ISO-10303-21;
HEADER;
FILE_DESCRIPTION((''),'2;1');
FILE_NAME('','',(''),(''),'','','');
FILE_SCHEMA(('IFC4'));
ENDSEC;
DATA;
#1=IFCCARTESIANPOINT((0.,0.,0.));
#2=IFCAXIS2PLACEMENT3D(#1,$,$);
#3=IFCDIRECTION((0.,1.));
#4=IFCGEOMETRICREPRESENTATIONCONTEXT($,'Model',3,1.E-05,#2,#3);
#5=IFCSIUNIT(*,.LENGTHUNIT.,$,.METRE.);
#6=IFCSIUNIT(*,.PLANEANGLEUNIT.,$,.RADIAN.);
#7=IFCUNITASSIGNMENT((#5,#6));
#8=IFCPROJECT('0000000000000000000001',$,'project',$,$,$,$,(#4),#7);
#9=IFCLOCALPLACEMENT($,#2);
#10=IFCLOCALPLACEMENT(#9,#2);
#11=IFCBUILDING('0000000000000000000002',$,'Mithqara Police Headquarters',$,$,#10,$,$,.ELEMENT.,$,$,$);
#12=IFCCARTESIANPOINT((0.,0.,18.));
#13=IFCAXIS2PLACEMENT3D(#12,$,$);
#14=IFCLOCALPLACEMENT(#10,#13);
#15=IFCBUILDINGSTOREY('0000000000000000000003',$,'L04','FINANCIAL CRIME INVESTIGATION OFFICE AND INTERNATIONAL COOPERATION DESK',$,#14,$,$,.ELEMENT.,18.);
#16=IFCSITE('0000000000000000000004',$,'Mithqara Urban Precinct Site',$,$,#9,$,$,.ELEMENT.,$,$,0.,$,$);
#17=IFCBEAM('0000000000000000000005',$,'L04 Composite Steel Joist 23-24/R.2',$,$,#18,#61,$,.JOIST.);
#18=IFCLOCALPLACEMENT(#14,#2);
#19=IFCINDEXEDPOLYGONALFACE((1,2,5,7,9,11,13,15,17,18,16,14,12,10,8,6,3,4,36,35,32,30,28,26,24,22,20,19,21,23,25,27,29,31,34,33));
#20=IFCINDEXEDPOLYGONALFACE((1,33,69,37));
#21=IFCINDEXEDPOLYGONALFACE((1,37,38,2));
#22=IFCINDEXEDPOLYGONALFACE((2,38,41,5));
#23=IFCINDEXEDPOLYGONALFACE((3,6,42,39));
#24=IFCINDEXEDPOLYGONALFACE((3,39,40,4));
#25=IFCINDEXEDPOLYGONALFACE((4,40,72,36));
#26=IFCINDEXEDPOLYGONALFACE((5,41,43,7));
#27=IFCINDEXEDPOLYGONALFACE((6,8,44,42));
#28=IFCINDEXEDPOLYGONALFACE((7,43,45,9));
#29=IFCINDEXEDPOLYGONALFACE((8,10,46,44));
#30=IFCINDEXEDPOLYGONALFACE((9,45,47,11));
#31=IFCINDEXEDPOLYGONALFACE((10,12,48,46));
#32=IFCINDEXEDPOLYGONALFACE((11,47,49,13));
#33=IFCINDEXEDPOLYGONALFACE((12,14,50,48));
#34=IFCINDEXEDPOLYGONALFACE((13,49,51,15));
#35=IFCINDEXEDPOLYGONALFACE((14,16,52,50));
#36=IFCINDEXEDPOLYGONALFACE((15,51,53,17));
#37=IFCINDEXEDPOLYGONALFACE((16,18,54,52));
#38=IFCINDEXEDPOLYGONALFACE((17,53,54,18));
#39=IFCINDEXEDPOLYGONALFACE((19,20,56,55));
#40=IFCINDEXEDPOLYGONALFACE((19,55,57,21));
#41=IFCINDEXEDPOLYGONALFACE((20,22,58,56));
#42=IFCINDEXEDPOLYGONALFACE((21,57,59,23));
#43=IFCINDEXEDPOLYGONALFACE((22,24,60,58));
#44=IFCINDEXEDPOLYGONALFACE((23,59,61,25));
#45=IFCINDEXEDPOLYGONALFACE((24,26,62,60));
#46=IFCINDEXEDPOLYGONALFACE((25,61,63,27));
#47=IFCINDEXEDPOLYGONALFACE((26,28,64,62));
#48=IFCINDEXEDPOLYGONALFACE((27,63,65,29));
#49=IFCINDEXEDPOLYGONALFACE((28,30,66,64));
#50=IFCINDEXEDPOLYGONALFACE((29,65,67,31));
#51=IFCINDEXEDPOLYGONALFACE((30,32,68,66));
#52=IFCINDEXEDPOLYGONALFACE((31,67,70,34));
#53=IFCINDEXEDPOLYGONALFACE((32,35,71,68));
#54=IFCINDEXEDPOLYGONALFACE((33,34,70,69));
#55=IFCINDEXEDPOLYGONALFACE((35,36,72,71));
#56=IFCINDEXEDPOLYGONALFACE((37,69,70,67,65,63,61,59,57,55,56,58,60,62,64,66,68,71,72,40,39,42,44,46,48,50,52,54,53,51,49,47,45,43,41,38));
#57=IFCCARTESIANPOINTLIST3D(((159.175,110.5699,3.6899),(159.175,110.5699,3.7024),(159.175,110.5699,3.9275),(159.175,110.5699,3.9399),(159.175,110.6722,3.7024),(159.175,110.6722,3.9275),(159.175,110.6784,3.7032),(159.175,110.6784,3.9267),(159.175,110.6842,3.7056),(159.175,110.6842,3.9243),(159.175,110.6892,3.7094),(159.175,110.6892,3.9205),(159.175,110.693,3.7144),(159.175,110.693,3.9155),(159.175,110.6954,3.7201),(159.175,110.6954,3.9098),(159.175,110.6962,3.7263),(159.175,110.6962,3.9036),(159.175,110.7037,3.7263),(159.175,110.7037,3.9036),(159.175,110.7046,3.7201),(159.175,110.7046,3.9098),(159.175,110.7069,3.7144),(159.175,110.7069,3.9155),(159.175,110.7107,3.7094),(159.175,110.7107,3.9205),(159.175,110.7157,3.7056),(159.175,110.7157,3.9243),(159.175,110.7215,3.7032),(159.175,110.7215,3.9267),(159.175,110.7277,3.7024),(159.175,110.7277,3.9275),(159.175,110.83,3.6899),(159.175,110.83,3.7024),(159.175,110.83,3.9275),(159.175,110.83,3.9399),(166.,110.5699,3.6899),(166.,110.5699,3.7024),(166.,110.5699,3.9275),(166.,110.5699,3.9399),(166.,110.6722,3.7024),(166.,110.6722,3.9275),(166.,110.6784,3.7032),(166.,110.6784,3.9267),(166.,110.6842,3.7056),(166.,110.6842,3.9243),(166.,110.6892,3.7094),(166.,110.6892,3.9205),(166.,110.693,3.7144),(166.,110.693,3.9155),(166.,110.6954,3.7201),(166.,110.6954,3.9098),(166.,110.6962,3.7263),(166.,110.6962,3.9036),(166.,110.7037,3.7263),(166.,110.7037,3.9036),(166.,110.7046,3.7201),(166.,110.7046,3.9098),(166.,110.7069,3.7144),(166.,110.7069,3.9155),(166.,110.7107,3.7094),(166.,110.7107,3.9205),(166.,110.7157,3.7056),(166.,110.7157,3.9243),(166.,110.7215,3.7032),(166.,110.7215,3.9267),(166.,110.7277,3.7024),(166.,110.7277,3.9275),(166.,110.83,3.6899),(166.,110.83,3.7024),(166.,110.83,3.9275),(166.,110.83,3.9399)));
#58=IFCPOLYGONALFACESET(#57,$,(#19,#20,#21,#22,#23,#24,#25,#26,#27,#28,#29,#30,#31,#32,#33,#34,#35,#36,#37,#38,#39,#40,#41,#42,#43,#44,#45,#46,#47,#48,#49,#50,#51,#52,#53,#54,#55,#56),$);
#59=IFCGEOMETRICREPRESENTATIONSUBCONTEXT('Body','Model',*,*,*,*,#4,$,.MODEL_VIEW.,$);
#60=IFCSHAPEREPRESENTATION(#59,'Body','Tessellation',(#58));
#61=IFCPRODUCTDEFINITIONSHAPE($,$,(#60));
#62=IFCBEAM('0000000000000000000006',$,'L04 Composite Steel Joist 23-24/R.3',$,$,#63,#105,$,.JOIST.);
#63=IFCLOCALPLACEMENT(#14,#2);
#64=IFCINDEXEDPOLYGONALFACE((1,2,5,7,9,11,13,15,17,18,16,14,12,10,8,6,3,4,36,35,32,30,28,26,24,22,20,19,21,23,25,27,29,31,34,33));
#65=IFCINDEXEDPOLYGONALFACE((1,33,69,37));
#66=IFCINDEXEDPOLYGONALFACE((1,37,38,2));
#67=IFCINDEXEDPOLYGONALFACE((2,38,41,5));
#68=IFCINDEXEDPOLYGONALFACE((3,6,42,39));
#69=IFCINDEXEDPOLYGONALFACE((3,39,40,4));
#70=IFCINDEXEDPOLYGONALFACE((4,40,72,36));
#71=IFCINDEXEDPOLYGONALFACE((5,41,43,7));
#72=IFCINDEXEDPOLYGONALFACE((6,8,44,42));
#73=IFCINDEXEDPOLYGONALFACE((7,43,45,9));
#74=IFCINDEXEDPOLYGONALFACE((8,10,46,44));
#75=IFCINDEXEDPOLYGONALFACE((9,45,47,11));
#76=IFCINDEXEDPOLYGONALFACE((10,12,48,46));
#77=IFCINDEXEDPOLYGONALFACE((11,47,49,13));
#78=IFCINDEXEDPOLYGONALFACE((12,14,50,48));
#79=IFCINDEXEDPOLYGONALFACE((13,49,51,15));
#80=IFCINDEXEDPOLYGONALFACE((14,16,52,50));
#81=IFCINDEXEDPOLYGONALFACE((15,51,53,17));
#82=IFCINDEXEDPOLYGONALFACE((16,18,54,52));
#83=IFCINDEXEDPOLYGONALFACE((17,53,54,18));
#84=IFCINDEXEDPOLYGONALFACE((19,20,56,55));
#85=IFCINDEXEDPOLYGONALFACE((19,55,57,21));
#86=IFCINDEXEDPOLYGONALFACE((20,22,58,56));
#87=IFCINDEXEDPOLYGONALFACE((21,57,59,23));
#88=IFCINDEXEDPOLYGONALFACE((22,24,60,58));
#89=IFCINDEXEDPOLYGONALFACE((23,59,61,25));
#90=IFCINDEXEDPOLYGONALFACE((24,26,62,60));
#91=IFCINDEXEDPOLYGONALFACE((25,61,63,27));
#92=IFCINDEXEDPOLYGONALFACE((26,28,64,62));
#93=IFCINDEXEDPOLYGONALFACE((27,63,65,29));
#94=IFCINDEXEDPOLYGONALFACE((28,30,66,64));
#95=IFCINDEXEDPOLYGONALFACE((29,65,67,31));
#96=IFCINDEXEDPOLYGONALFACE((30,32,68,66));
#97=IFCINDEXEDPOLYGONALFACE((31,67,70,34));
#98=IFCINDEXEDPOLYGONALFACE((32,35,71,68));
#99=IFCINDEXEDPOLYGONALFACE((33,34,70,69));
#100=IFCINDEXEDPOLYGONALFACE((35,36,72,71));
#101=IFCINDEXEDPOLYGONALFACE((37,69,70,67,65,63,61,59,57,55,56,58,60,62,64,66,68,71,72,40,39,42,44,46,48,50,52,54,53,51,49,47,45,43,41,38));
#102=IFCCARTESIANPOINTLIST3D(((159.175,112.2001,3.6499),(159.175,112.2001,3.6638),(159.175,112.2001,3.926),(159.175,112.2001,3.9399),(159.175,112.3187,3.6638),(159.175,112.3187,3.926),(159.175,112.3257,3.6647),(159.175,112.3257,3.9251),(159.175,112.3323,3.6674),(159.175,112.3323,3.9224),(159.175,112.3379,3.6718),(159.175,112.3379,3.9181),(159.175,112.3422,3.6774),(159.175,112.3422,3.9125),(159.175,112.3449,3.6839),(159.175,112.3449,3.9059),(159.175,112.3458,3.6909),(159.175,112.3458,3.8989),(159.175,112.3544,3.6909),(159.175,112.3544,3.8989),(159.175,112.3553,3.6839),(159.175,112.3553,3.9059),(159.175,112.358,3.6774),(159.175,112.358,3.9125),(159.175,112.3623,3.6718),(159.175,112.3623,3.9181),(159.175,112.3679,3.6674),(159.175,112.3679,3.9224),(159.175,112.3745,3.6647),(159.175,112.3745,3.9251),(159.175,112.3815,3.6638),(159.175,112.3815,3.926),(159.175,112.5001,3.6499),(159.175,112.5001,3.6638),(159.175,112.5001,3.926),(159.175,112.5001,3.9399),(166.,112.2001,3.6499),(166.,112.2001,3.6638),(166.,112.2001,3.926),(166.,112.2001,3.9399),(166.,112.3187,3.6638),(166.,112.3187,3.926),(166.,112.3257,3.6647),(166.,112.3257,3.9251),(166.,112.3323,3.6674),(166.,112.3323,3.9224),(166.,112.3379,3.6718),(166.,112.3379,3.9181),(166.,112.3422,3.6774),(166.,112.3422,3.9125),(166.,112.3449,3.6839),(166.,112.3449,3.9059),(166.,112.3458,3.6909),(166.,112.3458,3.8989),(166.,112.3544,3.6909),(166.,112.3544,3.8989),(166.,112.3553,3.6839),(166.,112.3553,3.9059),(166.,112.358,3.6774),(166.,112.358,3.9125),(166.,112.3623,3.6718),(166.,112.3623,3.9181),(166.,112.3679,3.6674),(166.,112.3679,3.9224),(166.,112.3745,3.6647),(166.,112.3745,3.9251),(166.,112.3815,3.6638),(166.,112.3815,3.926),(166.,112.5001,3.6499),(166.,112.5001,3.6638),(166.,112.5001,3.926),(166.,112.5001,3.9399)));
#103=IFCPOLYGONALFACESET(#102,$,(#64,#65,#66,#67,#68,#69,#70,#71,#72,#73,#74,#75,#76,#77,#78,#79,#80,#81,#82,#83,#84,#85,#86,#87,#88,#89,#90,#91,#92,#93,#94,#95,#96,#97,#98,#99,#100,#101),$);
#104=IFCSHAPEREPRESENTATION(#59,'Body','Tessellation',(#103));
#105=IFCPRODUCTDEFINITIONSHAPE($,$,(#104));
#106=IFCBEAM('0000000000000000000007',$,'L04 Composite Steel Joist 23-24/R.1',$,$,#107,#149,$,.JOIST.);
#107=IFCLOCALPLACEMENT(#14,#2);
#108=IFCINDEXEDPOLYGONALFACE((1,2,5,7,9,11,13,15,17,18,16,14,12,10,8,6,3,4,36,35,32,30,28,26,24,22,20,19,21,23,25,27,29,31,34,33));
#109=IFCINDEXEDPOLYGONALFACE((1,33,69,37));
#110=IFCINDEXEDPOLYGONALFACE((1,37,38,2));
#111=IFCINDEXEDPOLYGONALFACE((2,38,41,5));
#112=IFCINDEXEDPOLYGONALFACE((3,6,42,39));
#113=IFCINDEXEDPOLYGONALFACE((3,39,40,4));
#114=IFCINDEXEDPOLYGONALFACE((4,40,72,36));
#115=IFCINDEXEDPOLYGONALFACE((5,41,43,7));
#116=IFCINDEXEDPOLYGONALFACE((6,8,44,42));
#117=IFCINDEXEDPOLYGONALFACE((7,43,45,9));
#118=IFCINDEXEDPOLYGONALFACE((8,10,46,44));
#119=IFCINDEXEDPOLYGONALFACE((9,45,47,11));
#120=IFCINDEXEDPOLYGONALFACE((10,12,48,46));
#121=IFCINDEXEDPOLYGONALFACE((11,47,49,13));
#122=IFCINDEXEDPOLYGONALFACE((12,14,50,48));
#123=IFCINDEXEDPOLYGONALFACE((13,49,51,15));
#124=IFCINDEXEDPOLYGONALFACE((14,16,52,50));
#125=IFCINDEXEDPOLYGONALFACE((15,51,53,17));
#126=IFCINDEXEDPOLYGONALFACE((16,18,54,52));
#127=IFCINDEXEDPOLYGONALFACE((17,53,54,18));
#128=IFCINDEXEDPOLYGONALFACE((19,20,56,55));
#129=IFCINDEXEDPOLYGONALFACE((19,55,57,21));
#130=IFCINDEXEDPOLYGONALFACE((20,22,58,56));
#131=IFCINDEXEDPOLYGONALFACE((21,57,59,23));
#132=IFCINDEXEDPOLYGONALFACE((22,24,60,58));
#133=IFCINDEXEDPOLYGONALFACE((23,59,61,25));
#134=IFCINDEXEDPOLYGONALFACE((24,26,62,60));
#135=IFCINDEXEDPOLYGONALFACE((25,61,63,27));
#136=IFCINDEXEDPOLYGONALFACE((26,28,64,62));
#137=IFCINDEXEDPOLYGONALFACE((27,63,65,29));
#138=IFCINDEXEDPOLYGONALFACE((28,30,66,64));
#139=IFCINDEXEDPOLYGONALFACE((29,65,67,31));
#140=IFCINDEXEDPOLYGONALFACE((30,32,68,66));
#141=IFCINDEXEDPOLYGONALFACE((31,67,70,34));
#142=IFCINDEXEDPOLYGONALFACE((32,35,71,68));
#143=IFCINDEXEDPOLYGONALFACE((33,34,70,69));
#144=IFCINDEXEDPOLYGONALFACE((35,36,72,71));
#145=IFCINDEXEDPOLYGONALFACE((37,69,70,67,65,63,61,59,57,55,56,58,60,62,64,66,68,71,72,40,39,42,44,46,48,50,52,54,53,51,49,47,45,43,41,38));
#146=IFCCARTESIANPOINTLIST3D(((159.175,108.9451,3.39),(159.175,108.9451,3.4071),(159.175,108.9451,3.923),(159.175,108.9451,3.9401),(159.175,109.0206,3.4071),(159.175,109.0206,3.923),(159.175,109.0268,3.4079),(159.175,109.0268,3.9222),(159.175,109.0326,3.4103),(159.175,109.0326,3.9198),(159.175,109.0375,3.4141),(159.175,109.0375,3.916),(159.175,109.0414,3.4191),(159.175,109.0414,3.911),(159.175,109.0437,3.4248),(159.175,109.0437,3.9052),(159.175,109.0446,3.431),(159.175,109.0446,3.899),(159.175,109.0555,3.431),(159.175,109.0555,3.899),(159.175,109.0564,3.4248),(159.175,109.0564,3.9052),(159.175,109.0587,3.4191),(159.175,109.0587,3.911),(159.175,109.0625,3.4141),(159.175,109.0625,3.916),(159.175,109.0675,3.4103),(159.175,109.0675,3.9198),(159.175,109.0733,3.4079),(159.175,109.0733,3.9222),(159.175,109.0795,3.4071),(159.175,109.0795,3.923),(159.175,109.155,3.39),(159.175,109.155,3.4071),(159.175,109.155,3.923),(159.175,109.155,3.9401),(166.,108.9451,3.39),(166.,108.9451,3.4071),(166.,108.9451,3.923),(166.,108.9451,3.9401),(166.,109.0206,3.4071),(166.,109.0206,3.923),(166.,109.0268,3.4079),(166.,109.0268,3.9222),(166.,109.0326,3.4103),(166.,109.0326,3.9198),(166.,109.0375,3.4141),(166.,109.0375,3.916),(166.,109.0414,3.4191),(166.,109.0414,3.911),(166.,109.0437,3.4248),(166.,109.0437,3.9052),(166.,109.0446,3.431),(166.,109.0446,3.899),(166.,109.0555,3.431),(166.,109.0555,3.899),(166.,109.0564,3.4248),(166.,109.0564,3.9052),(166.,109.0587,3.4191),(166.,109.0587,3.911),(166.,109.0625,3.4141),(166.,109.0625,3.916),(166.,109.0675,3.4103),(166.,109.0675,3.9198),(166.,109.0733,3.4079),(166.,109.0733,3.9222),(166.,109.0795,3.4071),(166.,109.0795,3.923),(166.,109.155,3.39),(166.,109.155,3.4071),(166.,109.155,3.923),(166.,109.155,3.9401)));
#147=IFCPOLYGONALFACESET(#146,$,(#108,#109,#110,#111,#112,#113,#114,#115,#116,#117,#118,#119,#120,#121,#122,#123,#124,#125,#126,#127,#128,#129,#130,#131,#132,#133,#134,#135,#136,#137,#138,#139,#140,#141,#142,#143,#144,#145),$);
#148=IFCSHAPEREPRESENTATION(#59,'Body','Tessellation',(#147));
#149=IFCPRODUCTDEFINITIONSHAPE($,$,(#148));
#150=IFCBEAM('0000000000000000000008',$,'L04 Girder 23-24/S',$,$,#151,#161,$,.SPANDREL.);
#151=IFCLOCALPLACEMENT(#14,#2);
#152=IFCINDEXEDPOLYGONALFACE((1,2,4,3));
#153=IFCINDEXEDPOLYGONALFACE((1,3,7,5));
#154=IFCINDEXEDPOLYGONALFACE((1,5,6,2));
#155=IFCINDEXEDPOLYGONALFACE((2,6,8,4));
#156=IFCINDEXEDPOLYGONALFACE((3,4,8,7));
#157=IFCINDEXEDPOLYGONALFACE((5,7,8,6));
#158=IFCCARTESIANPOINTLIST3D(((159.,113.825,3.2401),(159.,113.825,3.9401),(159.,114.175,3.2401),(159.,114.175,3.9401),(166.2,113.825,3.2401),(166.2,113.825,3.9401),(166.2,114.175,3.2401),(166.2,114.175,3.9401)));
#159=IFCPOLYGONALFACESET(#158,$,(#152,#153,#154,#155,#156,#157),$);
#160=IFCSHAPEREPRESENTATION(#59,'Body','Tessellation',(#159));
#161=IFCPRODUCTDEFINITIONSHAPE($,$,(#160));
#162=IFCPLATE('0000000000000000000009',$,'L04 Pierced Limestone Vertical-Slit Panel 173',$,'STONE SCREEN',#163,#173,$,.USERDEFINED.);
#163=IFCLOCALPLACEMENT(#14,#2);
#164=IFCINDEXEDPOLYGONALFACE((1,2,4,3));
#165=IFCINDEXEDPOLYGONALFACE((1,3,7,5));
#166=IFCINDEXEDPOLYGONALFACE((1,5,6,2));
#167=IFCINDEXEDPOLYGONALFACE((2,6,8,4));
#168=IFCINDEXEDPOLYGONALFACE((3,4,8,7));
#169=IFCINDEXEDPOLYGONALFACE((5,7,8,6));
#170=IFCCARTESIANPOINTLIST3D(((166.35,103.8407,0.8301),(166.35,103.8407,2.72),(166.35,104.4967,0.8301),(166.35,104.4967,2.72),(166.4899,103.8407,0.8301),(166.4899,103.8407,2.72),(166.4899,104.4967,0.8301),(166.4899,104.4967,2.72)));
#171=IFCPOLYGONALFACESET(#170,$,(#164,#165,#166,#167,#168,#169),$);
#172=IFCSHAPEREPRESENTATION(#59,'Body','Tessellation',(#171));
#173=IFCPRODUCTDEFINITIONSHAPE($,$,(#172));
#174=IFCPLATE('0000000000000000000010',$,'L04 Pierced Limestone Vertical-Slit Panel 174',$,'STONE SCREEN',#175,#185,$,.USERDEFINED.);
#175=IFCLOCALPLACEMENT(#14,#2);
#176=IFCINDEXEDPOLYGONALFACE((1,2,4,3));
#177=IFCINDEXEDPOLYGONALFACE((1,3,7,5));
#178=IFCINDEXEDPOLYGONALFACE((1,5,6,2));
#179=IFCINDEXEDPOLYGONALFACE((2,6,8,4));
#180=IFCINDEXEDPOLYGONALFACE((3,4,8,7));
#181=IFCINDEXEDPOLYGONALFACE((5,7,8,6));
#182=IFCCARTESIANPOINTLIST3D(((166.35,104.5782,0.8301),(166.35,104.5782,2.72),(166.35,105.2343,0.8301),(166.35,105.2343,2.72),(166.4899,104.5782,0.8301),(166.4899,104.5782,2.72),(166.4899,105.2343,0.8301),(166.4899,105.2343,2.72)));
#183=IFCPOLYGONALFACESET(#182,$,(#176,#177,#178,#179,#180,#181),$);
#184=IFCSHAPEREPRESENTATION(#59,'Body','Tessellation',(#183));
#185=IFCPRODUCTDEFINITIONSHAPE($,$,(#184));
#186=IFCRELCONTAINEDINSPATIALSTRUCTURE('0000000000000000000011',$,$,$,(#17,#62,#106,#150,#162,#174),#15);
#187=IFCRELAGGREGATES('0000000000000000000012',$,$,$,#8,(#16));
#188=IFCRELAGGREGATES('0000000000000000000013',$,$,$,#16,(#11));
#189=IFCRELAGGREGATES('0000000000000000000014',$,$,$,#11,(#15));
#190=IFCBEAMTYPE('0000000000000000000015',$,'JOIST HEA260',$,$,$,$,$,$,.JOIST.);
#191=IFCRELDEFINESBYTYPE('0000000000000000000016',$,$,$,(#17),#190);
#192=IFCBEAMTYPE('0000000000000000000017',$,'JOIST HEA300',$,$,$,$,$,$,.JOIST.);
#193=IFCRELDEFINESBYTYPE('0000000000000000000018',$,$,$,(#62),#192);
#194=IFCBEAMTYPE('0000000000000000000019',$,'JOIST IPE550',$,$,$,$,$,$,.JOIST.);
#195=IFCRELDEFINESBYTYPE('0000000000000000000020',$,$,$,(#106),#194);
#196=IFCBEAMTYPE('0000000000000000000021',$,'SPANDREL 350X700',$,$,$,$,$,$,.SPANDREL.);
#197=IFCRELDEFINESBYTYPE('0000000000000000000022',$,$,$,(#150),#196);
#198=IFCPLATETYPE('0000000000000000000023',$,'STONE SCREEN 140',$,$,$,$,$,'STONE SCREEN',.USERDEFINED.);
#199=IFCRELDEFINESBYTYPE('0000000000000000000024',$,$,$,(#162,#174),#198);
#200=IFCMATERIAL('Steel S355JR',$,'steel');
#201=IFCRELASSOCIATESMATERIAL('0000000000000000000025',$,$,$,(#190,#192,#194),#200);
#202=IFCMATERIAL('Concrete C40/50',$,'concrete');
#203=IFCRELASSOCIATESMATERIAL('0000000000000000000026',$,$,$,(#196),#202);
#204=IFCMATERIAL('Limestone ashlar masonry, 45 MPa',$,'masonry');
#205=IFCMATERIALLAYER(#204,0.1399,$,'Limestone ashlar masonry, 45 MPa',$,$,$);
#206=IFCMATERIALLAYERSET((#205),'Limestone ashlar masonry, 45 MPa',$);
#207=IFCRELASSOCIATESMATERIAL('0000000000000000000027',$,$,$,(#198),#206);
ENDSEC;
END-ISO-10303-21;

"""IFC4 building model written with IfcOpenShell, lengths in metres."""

from ifc_helpers import new_model, si_unit, direction, frame, origin, origin_2d, place, context, subcontext, project, spatial, rectangle, i_section, extrude, material, layer, layer_set, material_profile, profile_set, type_object, element, save


model = new_model("IFC4")

# Units and contexts
model_context = context("Model", 3, precision=1e-05, world=origin(), true_north=direction((0.0, 1.0)))
body_context = subcontext(model_context, "Body", "Model", "MODEL_VIEW")
ifc_project = project(units=[si_unit("LENGTHUNIT", "METRE"), si_unit("PLANEANGLEUNIT", "RADIAN")], contexts=[model_context])

# Site, building, storey
site_placement = place(None, origin())
site = spatial("IfcSite", under=ifc_project, at=site_placement, Name="Mithqara Urban Precinct Site", CompositionType="ELEMENT", RefElevation=0.0)
building_placement = place(site_placement, origin())
building = spatial("IfcBuilding", under=site, at=building_placement, Name="Mithqara Police Headquarters", CompositionType="ELEMENT")
storey_placement = place(building_placement, frame((0.0, 0.0, 18.0)))
storey = spatial("IfcBuildingStorey", under=building, at=storey_placement, Name="L04", Description="FINANCIAL CRIME INVESTIGATION OFFICE AND INTERNATIONAL COOPERATION DESK", CompositionType="ELEMENT", Elevation=18.0)

# Beams
ifc_material_1 = material(Name="Steel S355JR", Category="steel")
ifc_material_2 = material(Name="Concrete C40/50", Category="concrete")
ifc_material_profile_1 = material_profile(ifc_material_1, i_section(OverallWidth=0.26, OverallDepth=0.25, WebThickness=0.0076, FlangeThickness=0.0125, FilletRadius=0.0239, at=origin_2d()), Name="HEA 260")
ifc_profile_set_1 = profile_set([ifc_material_profile_1], Name="Steel S355JR")
beam_type_1 = type_object("IfcBeamType", Name="JOIST HEA260", PredefinedType="JOIST", material=ifc_profile_set_1)
beam_1_placement = place(storey_placement, frame((159.175, 110.7, 3.8149), z_axis=(1.0, 0.0, 0.0), x_axis=(0.0, 1.0, 0.0)))
element("IfcBeam", 1, at=beam_1_placement, inside=storey, type_object=beam_type_1, Name="L04 Composite Steel Joist 23-24/R.2", PredefinedType="JOIST", context=body_context, shape_type="SweptSolid", body=[
    extrude(i_section(OverallWidth=0.26, OverallDepth=0.25, WebThickness=0.0076, FlangeThickness=0.0125, FilletRadius=0.0239, at=origin_2d()), origin(), (0.0, 0.0, 1.0), 6.825),
])
ifc_material_profile_2 = material_profile(ifc_material_1, i_section(OverallWidth=0.3, OverallDepth=0.29, WebThickness=0.0085, FlangeThickness=0.0139, FilletRadius=0.0271, at=origin_2d()), Name="HEA 300")
ifc_profile_set_2 = profile_set([ifc_material_profile_2], Name="Steel S355JR")
beam_type_2 = type_object("IfcBeamType", Name="JOIST HEA300", PredefinedType="JOIST", material=ifc_profile_set_2)
beam_2_placement = place(storey_placement, frame((159.175, 112.3501, 3.7949), z_axis=(1.0, 0.0, 0.0), x_axis=(0.0, 1.0, 0.0)))
element("IfcBeam", 2, at=beam_2_placement, inside=storey, type_object=beam_type_2, Name="L04 Composite Steel Joist 23-24/R.3", PredefinedType="JOIST", context=body_context, shape_type="SweptSolid", body=[
    extrude(i_section(OverallWidth=0.3, OverallDepth=0.29, WebThickness=0.0085, FlangeThickness=0.0139, FilletRadius=0.0271, at=origin_2d()), origin(), (0.0, 0.0, 1.0), 6.825),
])
ifc_material_profile_3 = material_profile(ifc_material_1, i_section(OverallWidth=0.21, OverallDepth=0.55, WebThickness=0.011, FlangeThickness=0.0171, FilletRadius=0.0239, at=origin_2d()), Name="IPE 550")
ifc_profile_set_3 = profile_set([ifc_material_profile_3], Name="Steel S355JR")
beam_type_3 = type_object("IfcBeamType", Name="JOIST IPE550", PredefinedType="JOIST", material=ifc_profile_set_3)
beam_3_placement = place(storey_placement, frame((159.175, 109.05, 3.665), z_axis=(1.0, 0.0, 0.0), x_axis=(0.0, 1.0, 0.0)))
element("IfcBeam", 3, at=beam_3_placement, inside=storey, type_object=beam_type_3, Name="L04 Composite Steel Joist 23-24/R.1", PredefinedType="JOIST", context=body_context, shape_type="SweptSolid", body=[
    extrude(i_section(OverallWidth=0.21, OverallDepth=0.55, WebThickness=0.011, FlangeThickness=0.0171, FilletRadius=0.0239, at=origin_2d()), origin(), (0.0, 0.0, 1.0), 6.825),
])
ifc_material_profile_4 = material_profile(ifc_material_2, rectangle(XDim=0.3501, YDim=0.7, at=origin_2d()), Name="SPB 350x700")
ifc_profile_set_4 = profile_set([ifc_material_profile_4], Name="Concrete C40/50")
beam_type_4 = type_object("IfcBeamType", Name="SPANDREL 350X700", PredefinedType="SPANDREL", material=ifc_profile_set_4)
beam_4_placement = place(storey_placement, frame((159.0, 114.0, 3.5901), z_axis=(1.0, 0.0, 0.0), x_axis=(0.0, 1.0, 0.0)))
element("IfcBeam", 4, at=beam_4_placement, inside=storey, type_object=beam_type_4, Name="L04 Girder 23-24/S", PredefinedType="SPANDREL", context=body_context, shape_type="SweptSolid", body=[
    extrude(rectangle(XDim=0.3501, YDim=0.7, at=origin_2d()), origin(), (0.0, 0.0, 1.0), 7.2),
])

# Plates
ifc_material_3 = material(Name="Limestone ashlar masonry, 45 MPa", Category="masonry")
ifc_layer_1 = layer(ifc_material_3, 0.1399, Name="Limestone ashlar masonry, 45 MPa")
ifc_layer_set_1 = layer_set([ifc_layer_1], Name="Limestone ashlar masonry, 45 MPa")
plate_type_1 = type_object("IfcPlateType", Name="STONE SCREEN 140", ElementType="STONE SCREEN", PredefinedType="USERDEFINED", material=ifc_layer_set_1)
for number, where, z_axis, x_axis, name in (
    (5, (166.4199, 104.1687, 0.8301), (0.0, 0.0, 1.0), (0.0, 1.0, 0.0), "L04 Pierced Limestone Vertical-Slit Panel 173"),
    (6, (166.4199, 104.9062, 0.8301), (0.0, 0.0, 1.0), (0.0, 1.0, 0.0), "L04 Pierced Limestone Vertical-Slit Panel 174"),
):
    element("IfcPlate", number, at=place(storey_placement, frame(where, z_axis=z_axis, x_axis=x_axis)), inside=storey, type_object=plate_type_1, Name=name, ObjectType="STONE SCREEN", PredefinedType="USERDEFINED", context=body_context, shape_type="SweptSolid", body=[
        extrude(rectangle(XDim=0.656, YDim=0.1399, at=origin_2d()), origin(), (0.0, 0.0, 1.0), 1.8899),
    ])

save(model, "model.ifc")
